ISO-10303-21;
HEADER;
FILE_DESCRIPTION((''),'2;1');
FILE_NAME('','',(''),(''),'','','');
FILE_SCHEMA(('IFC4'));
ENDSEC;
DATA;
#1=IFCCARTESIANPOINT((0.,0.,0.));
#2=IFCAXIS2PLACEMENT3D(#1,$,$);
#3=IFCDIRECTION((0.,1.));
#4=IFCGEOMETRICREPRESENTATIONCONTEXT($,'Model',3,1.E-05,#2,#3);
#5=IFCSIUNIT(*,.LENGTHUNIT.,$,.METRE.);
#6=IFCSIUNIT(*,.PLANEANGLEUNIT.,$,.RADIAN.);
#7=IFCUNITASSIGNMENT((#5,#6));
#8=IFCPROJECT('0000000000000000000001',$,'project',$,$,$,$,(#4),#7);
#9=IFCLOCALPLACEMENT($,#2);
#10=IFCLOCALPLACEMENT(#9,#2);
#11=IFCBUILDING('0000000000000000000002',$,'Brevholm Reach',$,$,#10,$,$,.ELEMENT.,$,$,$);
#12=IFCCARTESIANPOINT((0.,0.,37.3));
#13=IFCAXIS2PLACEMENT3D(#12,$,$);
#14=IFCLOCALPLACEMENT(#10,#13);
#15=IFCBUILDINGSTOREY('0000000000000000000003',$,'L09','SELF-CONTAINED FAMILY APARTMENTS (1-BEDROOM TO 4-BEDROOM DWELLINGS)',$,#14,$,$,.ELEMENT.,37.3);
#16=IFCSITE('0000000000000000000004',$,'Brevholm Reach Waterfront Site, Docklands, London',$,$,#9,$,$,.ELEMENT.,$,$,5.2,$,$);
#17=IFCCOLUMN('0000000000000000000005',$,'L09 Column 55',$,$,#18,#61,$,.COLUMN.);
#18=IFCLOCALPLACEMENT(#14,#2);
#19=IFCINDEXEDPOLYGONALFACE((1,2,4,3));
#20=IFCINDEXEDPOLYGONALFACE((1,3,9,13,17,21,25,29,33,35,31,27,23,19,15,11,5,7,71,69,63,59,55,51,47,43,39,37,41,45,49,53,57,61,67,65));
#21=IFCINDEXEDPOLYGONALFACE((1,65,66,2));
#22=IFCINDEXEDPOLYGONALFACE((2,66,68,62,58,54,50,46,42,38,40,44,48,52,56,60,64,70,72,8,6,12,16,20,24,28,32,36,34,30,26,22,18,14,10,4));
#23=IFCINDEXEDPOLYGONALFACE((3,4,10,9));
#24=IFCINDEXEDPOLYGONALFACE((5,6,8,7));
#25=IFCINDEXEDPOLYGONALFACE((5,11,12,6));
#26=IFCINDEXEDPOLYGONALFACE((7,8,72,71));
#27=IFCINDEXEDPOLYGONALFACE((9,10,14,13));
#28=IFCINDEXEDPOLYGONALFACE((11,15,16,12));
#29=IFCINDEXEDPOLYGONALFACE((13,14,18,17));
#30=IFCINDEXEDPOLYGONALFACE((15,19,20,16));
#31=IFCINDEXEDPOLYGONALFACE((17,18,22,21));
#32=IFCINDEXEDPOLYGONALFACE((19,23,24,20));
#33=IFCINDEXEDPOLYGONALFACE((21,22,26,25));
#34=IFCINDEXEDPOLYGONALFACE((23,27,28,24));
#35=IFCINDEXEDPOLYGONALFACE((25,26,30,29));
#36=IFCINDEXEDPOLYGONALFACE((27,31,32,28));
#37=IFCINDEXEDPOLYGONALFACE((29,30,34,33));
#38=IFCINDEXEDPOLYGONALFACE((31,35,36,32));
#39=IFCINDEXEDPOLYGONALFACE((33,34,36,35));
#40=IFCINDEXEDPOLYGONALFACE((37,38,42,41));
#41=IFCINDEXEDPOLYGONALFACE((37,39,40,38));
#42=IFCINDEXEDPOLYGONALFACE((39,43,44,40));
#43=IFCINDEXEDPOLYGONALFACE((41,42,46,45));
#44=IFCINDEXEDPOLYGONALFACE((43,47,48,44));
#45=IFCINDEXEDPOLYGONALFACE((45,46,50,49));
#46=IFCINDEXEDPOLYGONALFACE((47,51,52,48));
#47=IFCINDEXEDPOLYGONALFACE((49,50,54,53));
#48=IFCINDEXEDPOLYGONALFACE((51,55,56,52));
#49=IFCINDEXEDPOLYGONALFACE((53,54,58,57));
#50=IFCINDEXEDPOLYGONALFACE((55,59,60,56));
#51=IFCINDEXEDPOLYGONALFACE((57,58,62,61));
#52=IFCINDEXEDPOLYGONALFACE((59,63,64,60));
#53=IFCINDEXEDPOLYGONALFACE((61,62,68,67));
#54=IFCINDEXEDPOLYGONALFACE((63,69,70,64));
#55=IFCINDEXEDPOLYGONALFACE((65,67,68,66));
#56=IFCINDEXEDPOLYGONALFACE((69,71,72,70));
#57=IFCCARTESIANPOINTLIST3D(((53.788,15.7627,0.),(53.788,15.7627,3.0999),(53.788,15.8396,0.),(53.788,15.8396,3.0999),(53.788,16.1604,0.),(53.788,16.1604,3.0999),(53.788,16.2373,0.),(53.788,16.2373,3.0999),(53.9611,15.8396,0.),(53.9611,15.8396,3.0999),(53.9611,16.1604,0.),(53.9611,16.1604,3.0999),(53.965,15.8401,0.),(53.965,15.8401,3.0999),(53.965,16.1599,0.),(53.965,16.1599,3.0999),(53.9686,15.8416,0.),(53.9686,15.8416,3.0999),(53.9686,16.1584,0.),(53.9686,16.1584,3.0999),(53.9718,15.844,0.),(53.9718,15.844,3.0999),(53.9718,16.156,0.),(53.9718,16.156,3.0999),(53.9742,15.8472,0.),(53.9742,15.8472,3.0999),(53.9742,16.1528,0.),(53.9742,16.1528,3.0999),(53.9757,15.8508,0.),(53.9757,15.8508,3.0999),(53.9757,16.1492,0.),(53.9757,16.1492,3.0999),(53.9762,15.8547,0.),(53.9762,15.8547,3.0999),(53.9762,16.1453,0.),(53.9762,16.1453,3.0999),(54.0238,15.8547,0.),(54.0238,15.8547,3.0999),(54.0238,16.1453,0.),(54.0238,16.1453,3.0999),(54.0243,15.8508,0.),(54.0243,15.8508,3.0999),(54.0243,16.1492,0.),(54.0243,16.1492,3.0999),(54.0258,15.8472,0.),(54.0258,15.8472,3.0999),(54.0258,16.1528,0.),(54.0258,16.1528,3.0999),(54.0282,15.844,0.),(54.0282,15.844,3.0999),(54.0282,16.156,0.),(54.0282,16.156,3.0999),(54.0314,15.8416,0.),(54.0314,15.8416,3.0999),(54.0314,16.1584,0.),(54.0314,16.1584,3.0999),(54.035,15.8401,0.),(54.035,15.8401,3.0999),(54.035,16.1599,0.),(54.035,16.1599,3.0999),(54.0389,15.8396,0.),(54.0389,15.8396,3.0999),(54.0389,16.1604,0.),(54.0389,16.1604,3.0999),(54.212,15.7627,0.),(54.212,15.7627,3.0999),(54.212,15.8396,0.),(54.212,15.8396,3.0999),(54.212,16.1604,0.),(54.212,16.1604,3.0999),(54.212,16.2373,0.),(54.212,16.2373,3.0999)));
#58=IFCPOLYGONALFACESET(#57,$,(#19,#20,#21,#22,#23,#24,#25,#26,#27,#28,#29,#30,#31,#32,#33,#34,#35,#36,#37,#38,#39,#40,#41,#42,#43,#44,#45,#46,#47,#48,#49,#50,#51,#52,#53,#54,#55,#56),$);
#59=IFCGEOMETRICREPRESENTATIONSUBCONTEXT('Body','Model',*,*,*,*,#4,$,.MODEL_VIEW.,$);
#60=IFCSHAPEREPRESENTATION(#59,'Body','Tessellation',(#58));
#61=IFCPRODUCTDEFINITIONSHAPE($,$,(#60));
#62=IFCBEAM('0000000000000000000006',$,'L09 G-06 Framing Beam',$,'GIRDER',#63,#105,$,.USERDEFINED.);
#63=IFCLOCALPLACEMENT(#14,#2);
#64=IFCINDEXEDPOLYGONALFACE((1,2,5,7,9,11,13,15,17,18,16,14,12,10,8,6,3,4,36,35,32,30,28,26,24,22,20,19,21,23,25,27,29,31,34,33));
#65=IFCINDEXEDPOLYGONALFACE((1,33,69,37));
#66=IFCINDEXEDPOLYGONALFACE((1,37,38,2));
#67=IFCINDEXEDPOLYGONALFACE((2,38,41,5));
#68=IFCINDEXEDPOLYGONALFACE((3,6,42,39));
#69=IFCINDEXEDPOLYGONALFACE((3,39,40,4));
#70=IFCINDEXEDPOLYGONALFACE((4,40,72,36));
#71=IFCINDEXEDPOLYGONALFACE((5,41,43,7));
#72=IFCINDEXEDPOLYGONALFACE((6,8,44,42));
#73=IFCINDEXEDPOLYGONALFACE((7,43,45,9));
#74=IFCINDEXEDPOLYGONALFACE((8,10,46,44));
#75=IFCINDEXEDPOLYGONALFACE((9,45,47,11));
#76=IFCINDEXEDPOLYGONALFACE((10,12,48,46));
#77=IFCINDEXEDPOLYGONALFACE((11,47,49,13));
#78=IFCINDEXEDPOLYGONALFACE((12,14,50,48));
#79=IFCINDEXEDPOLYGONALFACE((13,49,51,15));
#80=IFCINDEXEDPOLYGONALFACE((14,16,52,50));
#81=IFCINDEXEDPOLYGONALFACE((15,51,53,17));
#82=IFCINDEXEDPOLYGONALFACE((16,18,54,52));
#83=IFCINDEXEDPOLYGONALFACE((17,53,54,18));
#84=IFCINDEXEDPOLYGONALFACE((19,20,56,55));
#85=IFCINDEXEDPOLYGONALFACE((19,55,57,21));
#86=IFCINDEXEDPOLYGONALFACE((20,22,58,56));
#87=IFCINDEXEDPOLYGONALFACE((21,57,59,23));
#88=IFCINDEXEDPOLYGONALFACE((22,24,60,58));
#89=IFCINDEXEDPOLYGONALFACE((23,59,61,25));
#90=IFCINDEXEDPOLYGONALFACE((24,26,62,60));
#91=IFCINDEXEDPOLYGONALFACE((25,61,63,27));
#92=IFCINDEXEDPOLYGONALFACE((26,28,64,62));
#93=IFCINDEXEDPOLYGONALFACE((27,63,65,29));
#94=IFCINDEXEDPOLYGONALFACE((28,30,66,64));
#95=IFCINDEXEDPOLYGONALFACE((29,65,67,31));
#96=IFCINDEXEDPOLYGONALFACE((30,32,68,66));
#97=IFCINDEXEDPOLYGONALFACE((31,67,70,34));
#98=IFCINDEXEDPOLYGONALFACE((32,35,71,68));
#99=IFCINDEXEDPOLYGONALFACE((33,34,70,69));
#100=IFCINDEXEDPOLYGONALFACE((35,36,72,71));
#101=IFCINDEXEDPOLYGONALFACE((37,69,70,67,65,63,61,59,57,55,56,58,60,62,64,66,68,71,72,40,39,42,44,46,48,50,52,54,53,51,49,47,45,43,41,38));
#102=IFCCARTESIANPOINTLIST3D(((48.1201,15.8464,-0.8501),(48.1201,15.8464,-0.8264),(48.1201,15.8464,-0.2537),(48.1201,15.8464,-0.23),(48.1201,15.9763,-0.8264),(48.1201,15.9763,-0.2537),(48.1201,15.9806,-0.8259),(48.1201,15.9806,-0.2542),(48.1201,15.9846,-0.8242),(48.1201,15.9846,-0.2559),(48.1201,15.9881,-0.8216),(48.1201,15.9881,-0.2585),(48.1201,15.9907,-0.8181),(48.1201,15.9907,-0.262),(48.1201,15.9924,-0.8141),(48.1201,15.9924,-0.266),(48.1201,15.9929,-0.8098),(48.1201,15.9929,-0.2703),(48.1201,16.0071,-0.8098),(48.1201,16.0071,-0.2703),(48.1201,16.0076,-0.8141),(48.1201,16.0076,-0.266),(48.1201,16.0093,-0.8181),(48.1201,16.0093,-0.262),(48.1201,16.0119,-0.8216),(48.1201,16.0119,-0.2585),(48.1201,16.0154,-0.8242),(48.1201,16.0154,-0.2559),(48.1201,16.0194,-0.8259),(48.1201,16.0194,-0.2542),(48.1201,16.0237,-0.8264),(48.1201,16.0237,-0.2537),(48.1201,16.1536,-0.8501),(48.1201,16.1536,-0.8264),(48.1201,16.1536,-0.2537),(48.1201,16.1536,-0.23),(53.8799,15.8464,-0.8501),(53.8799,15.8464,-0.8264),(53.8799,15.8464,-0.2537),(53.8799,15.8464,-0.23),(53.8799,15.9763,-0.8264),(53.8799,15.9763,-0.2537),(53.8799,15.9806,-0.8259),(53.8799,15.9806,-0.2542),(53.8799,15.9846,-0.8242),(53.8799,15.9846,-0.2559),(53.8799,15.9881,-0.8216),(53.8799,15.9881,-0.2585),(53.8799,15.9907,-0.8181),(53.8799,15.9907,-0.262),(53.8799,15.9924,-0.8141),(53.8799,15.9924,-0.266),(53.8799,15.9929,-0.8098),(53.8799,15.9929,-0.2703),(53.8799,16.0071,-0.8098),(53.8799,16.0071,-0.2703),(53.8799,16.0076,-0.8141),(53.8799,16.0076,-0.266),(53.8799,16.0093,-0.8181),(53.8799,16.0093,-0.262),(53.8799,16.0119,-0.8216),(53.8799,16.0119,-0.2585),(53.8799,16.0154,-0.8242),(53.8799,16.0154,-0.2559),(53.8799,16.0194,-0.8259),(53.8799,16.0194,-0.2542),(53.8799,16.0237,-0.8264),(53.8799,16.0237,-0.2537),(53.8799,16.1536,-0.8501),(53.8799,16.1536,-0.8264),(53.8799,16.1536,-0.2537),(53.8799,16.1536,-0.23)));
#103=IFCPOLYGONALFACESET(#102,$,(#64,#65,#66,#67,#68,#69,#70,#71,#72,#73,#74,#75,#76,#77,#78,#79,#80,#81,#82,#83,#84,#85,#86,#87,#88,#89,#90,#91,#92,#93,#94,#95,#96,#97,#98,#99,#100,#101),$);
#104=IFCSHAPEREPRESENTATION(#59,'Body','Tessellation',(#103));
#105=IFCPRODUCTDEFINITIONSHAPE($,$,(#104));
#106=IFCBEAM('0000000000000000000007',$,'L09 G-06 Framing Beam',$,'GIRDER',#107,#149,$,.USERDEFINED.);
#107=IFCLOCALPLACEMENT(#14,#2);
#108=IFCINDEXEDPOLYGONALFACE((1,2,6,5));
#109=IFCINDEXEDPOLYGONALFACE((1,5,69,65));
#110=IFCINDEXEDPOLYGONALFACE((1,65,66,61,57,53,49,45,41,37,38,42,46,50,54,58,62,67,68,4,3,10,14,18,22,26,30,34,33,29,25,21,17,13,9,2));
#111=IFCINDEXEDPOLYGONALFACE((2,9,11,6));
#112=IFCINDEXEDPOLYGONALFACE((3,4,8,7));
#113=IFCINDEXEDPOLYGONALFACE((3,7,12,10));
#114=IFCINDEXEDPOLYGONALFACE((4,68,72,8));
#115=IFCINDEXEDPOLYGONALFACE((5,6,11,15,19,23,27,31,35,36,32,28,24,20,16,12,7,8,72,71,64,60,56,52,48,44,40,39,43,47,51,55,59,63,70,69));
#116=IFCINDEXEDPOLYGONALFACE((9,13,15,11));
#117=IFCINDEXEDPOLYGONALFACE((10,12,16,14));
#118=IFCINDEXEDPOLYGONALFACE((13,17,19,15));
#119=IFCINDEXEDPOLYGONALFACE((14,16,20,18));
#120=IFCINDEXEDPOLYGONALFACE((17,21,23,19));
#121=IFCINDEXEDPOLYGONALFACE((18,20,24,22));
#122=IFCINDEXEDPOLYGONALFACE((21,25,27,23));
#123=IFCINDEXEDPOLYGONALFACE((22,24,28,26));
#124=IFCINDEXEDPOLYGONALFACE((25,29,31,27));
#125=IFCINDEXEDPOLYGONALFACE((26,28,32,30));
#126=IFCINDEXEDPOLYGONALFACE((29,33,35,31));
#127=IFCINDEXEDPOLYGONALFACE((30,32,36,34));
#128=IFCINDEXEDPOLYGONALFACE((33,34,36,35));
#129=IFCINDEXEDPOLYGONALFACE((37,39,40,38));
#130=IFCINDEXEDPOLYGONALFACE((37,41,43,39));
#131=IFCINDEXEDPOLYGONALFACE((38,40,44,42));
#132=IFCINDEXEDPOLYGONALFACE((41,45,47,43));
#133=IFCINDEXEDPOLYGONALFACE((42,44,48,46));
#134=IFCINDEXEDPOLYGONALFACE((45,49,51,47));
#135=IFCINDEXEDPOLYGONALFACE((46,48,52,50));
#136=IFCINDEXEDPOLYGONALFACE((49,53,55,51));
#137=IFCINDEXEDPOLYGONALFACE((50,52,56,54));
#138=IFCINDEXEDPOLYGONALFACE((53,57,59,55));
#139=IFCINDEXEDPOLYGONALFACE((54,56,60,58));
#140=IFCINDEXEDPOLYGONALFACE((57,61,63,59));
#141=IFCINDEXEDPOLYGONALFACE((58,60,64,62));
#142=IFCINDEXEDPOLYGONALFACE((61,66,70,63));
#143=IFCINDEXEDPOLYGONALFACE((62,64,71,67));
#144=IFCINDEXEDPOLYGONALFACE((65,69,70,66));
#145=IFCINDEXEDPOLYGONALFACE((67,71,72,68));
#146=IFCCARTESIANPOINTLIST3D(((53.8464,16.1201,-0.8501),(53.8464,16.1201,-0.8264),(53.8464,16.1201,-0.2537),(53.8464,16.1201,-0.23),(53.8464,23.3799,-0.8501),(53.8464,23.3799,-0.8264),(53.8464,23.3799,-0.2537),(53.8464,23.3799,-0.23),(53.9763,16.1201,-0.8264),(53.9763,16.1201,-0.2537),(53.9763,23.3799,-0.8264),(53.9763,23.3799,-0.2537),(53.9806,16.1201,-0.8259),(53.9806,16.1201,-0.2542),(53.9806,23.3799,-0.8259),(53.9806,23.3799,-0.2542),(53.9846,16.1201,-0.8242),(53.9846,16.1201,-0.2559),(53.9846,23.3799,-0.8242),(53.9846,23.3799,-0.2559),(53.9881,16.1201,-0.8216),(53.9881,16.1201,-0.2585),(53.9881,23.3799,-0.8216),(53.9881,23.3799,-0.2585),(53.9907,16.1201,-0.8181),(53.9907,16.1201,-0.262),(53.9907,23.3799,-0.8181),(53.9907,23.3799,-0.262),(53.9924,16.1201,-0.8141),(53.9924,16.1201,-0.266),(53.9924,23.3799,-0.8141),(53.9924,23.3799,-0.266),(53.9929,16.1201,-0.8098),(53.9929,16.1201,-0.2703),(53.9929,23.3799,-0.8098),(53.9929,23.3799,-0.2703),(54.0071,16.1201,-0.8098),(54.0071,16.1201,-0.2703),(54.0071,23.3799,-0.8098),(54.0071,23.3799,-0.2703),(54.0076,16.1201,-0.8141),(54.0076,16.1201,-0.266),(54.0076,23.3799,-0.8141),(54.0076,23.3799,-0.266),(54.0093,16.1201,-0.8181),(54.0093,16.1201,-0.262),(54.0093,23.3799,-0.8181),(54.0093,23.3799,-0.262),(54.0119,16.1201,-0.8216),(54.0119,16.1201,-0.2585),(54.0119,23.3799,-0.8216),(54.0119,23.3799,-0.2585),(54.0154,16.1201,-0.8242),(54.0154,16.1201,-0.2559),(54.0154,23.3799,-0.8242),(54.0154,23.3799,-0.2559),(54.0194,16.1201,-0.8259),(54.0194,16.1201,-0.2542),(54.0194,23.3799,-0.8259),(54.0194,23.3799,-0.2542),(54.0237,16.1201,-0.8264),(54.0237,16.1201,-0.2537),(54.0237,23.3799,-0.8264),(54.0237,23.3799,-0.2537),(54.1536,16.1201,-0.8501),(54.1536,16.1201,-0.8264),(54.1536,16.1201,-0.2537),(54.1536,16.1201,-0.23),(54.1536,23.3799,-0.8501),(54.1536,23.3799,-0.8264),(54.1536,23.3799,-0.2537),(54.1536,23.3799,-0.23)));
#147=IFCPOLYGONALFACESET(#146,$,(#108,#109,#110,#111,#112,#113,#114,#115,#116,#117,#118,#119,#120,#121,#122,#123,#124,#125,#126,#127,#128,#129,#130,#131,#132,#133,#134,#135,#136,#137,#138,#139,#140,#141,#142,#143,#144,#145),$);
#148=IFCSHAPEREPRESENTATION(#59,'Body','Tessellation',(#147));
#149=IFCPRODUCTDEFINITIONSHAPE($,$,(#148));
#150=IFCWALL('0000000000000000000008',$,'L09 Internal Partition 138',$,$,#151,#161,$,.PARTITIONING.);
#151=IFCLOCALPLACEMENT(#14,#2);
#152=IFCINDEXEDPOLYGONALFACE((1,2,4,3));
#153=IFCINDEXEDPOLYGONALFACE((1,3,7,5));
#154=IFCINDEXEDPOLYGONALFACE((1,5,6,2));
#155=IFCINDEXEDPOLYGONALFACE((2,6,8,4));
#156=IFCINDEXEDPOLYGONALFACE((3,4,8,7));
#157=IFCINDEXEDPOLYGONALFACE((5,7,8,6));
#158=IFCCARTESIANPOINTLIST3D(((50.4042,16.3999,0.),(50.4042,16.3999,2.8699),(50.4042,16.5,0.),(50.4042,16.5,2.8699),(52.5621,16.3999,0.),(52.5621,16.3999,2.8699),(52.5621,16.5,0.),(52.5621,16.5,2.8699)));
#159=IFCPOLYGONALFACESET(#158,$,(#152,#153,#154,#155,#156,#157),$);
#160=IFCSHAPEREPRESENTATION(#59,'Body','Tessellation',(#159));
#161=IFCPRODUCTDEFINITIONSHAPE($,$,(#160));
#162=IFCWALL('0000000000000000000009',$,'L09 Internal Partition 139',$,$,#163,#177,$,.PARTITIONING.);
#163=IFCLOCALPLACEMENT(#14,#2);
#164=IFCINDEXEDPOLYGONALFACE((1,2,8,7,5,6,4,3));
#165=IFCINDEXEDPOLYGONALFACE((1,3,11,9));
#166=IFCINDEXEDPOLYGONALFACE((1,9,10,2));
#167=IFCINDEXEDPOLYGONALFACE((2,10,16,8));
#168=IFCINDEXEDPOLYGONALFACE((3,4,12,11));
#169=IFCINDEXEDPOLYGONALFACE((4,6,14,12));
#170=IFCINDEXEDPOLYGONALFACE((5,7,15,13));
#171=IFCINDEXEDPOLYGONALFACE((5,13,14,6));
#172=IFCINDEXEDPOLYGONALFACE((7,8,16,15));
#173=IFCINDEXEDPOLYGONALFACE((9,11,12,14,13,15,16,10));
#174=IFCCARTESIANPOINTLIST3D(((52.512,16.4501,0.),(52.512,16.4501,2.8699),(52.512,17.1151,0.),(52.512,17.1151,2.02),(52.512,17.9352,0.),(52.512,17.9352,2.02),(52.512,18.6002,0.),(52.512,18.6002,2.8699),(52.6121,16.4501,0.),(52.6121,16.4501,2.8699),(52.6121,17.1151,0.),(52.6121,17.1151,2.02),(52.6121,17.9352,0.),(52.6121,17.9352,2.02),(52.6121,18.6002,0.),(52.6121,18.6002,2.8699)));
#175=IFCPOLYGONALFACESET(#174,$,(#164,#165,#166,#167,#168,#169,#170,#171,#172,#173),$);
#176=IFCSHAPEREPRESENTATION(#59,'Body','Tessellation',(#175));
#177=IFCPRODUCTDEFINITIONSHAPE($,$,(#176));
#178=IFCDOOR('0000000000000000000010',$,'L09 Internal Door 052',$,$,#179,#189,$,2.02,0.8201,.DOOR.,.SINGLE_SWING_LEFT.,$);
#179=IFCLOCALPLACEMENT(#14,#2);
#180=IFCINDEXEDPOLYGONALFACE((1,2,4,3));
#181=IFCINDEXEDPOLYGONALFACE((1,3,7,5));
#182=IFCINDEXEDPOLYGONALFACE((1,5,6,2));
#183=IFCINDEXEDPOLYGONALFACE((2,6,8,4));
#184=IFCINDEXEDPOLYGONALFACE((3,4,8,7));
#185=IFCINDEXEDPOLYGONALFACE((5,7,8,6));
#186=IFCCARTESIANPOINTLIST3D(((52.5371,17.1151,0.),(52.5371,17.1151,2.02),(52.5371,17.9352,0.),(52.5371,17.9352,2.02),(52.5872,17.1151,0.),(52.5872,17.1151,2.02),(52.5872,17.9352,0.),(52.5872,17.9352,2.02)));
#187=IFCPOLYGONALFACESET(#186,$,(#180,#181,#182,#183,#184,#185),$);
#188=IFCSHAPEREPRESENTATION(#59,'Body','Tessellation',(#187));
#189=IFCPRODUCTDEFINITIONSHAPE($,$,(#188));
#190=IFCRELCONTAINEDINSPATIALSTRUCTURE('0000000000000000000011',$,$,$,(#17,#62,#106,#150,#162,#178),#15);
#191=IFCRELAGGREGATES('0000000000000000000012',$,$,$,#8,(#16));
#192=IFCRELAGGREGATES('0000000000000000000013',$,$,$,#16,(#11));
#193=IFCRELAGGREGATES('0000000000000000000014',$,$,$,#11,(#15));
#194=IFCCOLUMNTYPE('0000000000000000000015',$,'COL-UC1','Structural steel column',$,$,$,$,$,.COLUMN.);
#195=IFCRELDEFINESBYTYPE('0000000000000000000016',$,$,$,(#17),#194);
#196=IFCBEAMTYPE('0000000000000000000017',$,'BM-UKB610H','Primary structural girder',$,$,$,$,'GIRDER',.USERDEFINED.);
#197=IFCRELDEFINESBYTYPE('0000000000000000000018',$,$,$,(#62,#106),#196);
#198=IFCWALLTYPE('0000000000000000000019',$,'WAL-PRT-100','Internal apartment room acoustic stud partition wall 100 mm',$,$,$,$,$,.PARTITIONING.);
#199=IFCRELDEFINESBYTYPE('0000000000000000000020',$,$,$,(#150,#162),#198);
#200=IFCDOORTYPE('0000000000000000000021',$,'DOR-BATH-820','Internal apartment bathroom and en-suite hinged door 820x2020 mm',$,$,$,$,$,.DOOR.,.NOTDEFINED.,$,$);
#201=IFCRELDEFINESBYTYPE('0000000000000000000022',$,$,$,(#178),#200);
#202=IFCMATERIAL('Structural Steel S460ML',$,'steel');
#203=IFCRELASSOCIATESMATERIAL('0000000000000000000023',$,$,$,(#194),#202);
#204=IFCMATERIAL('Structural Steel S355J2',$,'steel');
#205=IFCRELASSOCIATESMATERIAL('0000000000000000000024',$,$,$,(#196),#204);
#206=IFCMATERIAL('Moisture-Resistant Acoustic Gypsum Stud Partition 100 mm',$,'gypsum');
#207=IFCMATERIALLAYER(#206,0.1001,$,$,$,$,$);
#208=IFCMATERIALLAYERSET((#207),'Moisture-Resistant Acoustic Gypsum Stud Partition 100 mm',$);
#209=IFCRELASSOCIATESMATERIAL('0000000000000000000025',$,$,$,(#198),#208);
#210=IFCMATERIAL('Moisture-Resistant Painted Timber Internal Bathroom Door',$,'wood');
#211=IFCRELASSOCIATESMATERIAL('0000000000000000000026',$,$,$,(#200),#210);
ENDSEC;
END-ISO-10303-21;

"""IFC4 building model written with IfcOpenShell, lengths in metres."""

from ifc_helpers import new_model, si_unit, direction, frame, frame_2d, origin, origin_2d, place, context, subcontext, project, spatial, rectangle, i_section, extrude, material, layer, layer_set, material_profile, profile_set, type_object, element, fill, save


model = new_model("IFC4")

# Units and contexts
model_context = context("Model", 3, precision=1e-05, world=origin(), true_north=direction((0.0, 1.0)))
body_context = subcontext(model_context, "Body", "Model", "MODEL_VIEW")
ifc_project = project(units=[si_unit("LENGTHUNIT", "METRE"), si_unit("PLANEANGLEUNIT", "RADIAN")], contexts=[model_context])

# Site, building, storey
site_placement = place(None, origin())
site = spatial("IfcSite", under=ifc_project, at=site_placement, Name="Brevholm Reach Waterfront Site, Docklands, London", CompositionType="ELEMENT", RefElevation=5.2)
building_placement = place(site_placement, origin())
building = spatial("IfcBuilding", under=site, at=building_placement, Name="Brevholm Reach", CompositionType="ELEMENT")
storey_placement = place(building_placement, frame((0.0, 0.0, 37.3)))
storey = spatial("IfcBuildingStorey", under=building, at=storey_placement, Name="L09", Description="SELF-CONTAINED FAMILY APARTMENTS (1-BEDROOM TO 4-BEDROOM DWELLINGS)", CompositionType="ELEMENT", Elevation=37.3)

# Column
ifc_material_1 = material(Name="Structural Steel S460ML", Category="steel")
ifc_material_profile_1 = material_profile(ifc_material_1, i_section(OverallWidth=0.4241, OverallDepth=0.4746, WebThickness=0.0476, FlangeThickness=0.0769, FilletRadius=0.0151, at=origin_2d()), Name="UKC 356x406x634")
ifc_profile_set_1 = profile_set([ifc_material_profile_1], Name="Structural Steel S460ML")
column_type = type_object("IfcColumnType", Name="COL-UC1", Description="Structural steel column", PredefinedType="COLUMN", material=ifc_profile_set_1)
column_placement = place(storey_placement, frame((54.0, 16.0, 0.0), z_axis=(0.0, 0.0, 1.0), x_axis=(1.0, 0.0, 0.0)))
element("IfcColumn", 1, at=column_placement, inside=storey, type_object=column_type, Name="L09 Column 55", PredefinedType="COLUMN", context=body_context, shape_type="SweptSolid", body=[
    extrude(i_section(OverallWidth=0.4241, OverallDepth=0.4746, WebThickness=0.0476, FlangeThickness=0.0769, FilletRadius=0.0151, at=origin_2d()), origin(), (0.0, 0.0, 1.0), 3.0999),
])

# Beams
ifc_material_2 = material(Name="Structural Steel S355J2", Category="steel")
ifc_material_profile_2 = material_profile(ifc_material_2, i_section(OverallWidth=0.3071, OverallDepth=0.6201, WebThickness=0.0142, FlangeThickness=0.0237, FilletRadius=0.0166, at=origin_2d()), Name="UKB 610x305x179")
ifc_profile_set_2 = profile_set([ifc_material_profile_2], Name="Structural Steel S355J2")
beam_type = type_object("IfcBeamType", Name="BM-UKB610H", Description="Primary structural girder", ElementType="GIRDER", PredefinedType="USERDEFINED", material=ifc_profile_set_2)
beam_1_placement = place(storey_placement, frame((48.1201, 16.0, -0.54), z_axis=(1.0, 0.0, 0.0), x_axis=(0.0, 1.0, 0.0)))
element("IfcBeam", 2, at=beam_1_placement, inside=storey, type_object=beam_type, Name="L09 G-06 Framing Beam", ObjectType="GIRDER", PredefinedType="USERDEFINED", context=body_context, shape_type="SweptSolid", body=[
    extrude(i_section(OverallWidth=0.3071, OverallDepth=0.6201, WebThickness=0.0142, FlangeThickness=0.0237, FilletRadius=0.0166, at=origin_2d()), origin(), (0.0, 0.0, 1.0), 5.7598),
])
beam_2_placement = place(storey_placement, frame((54.0, 16.1201, -0.54), z_axis=(0.0, 1.0, 0.0), x_axis=(-1.0, 0.0, 0.0)))
element("IfcBeam", 3, at=beam_2_placement, inside=storey, type_object=beam_type, Name="L09 G-06 Framing Beam", ObjectType="GIRDER", PredefinedType="USERDEFINED", context=body_context, shape_type="SweptSolid", body=[
    extrude(i_section(OverallWidth=0.3071, OverallDepth=0.6201, WebThickness=0.0142, FlangeThickness=0.0237, FilletRadius=0.0166, at=origin_2d()), origin(), (0.0, 0.0, 1.0), 7.2598),
])

# Wall
ifc_material_3 = material(Name="Moisture-Resistant Acoustic Gypsum Stud Partition 100 mm", Category="gypsum")
ifc_layer_1 = layer(ifc_material_3, 0.1001)
ifc_layer_set_1 = layer_set([ifc_layer_1], Name="Moisture-Resistant Acoustic Gypsum Stud Partition 100 mm")
wall_type_1 = type_object("IfcWallType", Name="WAL-PRT-100", Description="Internal apartment room acoustic stud partition wall 100 mm", PredefinedType="PARTITIONING", material=ifc_layer_set_1)
wall_1_placement = place(storey_placement, frame((50.4041, 16.45, 0.0), z_axis=(0.0, 0.0, 1.0), x_axis=(1.0, 0.0, 0.0)))
element("IfcWall", 4, at=wall_1_placement, inside=storey, type_object=wall_type_1, Name="L09 Internal Partition 138", PredefinedType="PARTITIONING", context=body_context, shape_type="SweptSolid", body=[
    extrude(rectangle(XDim=2.158, YDim=0.1001, at=frame_2d((1.0791, 0.0))), origin(), (0.0, 0.0, 1.0), 2.8699),
])

# Wall, opening, door
wall_2_placement = place(storey_placement, frame((52.562, 16.45, 0.0), z_axis=(0.0, 0.0, 1.0), x_axis=(0.0, 1.0, 0.0)))
wall_2 = element("IfcWall", 5, at=wall_2_placement, inside=storey, type_object=wall_type_1, Name="L09 Internal Partition 139", PredefinedType="PARTITIONING", context=body_context, shape_type="SweptSolid", body=[
    extrude(rectangle(XDim=2.1501, YDim=0.1001, at=frame_2d((1.0752, 0.0))), origin(), (0.0, 0.0, 1.0), 2.8699),
])
opening_1_placement = place(wall_2_placement, frame((0.665, 0.0, 0.0)))
opening_1 = element("IfcOpeningElement", 6, at=opening_1_placement, cuts=wall_2, PredefinedType="OPENING", context=body_context, shape_type="SweptSolid", body=[
    extrude(rectangle(XDim=0.8201, YDim=2.02, at=frame_2d((0.4102, 1.01))), frame((0.0, 0.0601, 0.0), z_axis=(0.0, -1.0, 0.0), x_axis=(1.0, 0.0, 0.0)), (0.0, 0.0, 1.0), 0.1201),
])
ifc_material_4 = material(Name="Moisture-Resistant Painted Timber Internal Bathroom Door", Category="wood")
door_type_1 = type_object("IfcDoorType", Name="DOR-BATH-820", Description="Internal apartment bathroom and en-suite hinged door 820x2020 mm", OperationType="NOTDEFINED", PredefinedType="DOOR", material=ifc_material_4)
door_1_placement = place(opening_1_placement, origin())
door_1 = element("IfcDoor", 7, at=door_1_placement, inside=storey, type_object=door_type_1, Name="L09 Internal Door 052", OperationType="SINGLE_SWING_LEFT", OverallHeight=2.02, OverallWidth=0.8201, PredefinedType="DOOR", context=body_context, shape_type="SweptSolid", body=[
    extrude(rectangle(XDim=0.8201, YDim=2.02, at=frame_2d((0.4102, 1.01))), frame((0.0, 0.0249, 0.0), z_axis=(0.0, -1.0, 0.0), x_axis=(1.0, 0.0, 0.0)), (0.0, 0.0, 1.0), 0.05),
])
fill(opening_1, door_1)

save(model, "model.ifc")
